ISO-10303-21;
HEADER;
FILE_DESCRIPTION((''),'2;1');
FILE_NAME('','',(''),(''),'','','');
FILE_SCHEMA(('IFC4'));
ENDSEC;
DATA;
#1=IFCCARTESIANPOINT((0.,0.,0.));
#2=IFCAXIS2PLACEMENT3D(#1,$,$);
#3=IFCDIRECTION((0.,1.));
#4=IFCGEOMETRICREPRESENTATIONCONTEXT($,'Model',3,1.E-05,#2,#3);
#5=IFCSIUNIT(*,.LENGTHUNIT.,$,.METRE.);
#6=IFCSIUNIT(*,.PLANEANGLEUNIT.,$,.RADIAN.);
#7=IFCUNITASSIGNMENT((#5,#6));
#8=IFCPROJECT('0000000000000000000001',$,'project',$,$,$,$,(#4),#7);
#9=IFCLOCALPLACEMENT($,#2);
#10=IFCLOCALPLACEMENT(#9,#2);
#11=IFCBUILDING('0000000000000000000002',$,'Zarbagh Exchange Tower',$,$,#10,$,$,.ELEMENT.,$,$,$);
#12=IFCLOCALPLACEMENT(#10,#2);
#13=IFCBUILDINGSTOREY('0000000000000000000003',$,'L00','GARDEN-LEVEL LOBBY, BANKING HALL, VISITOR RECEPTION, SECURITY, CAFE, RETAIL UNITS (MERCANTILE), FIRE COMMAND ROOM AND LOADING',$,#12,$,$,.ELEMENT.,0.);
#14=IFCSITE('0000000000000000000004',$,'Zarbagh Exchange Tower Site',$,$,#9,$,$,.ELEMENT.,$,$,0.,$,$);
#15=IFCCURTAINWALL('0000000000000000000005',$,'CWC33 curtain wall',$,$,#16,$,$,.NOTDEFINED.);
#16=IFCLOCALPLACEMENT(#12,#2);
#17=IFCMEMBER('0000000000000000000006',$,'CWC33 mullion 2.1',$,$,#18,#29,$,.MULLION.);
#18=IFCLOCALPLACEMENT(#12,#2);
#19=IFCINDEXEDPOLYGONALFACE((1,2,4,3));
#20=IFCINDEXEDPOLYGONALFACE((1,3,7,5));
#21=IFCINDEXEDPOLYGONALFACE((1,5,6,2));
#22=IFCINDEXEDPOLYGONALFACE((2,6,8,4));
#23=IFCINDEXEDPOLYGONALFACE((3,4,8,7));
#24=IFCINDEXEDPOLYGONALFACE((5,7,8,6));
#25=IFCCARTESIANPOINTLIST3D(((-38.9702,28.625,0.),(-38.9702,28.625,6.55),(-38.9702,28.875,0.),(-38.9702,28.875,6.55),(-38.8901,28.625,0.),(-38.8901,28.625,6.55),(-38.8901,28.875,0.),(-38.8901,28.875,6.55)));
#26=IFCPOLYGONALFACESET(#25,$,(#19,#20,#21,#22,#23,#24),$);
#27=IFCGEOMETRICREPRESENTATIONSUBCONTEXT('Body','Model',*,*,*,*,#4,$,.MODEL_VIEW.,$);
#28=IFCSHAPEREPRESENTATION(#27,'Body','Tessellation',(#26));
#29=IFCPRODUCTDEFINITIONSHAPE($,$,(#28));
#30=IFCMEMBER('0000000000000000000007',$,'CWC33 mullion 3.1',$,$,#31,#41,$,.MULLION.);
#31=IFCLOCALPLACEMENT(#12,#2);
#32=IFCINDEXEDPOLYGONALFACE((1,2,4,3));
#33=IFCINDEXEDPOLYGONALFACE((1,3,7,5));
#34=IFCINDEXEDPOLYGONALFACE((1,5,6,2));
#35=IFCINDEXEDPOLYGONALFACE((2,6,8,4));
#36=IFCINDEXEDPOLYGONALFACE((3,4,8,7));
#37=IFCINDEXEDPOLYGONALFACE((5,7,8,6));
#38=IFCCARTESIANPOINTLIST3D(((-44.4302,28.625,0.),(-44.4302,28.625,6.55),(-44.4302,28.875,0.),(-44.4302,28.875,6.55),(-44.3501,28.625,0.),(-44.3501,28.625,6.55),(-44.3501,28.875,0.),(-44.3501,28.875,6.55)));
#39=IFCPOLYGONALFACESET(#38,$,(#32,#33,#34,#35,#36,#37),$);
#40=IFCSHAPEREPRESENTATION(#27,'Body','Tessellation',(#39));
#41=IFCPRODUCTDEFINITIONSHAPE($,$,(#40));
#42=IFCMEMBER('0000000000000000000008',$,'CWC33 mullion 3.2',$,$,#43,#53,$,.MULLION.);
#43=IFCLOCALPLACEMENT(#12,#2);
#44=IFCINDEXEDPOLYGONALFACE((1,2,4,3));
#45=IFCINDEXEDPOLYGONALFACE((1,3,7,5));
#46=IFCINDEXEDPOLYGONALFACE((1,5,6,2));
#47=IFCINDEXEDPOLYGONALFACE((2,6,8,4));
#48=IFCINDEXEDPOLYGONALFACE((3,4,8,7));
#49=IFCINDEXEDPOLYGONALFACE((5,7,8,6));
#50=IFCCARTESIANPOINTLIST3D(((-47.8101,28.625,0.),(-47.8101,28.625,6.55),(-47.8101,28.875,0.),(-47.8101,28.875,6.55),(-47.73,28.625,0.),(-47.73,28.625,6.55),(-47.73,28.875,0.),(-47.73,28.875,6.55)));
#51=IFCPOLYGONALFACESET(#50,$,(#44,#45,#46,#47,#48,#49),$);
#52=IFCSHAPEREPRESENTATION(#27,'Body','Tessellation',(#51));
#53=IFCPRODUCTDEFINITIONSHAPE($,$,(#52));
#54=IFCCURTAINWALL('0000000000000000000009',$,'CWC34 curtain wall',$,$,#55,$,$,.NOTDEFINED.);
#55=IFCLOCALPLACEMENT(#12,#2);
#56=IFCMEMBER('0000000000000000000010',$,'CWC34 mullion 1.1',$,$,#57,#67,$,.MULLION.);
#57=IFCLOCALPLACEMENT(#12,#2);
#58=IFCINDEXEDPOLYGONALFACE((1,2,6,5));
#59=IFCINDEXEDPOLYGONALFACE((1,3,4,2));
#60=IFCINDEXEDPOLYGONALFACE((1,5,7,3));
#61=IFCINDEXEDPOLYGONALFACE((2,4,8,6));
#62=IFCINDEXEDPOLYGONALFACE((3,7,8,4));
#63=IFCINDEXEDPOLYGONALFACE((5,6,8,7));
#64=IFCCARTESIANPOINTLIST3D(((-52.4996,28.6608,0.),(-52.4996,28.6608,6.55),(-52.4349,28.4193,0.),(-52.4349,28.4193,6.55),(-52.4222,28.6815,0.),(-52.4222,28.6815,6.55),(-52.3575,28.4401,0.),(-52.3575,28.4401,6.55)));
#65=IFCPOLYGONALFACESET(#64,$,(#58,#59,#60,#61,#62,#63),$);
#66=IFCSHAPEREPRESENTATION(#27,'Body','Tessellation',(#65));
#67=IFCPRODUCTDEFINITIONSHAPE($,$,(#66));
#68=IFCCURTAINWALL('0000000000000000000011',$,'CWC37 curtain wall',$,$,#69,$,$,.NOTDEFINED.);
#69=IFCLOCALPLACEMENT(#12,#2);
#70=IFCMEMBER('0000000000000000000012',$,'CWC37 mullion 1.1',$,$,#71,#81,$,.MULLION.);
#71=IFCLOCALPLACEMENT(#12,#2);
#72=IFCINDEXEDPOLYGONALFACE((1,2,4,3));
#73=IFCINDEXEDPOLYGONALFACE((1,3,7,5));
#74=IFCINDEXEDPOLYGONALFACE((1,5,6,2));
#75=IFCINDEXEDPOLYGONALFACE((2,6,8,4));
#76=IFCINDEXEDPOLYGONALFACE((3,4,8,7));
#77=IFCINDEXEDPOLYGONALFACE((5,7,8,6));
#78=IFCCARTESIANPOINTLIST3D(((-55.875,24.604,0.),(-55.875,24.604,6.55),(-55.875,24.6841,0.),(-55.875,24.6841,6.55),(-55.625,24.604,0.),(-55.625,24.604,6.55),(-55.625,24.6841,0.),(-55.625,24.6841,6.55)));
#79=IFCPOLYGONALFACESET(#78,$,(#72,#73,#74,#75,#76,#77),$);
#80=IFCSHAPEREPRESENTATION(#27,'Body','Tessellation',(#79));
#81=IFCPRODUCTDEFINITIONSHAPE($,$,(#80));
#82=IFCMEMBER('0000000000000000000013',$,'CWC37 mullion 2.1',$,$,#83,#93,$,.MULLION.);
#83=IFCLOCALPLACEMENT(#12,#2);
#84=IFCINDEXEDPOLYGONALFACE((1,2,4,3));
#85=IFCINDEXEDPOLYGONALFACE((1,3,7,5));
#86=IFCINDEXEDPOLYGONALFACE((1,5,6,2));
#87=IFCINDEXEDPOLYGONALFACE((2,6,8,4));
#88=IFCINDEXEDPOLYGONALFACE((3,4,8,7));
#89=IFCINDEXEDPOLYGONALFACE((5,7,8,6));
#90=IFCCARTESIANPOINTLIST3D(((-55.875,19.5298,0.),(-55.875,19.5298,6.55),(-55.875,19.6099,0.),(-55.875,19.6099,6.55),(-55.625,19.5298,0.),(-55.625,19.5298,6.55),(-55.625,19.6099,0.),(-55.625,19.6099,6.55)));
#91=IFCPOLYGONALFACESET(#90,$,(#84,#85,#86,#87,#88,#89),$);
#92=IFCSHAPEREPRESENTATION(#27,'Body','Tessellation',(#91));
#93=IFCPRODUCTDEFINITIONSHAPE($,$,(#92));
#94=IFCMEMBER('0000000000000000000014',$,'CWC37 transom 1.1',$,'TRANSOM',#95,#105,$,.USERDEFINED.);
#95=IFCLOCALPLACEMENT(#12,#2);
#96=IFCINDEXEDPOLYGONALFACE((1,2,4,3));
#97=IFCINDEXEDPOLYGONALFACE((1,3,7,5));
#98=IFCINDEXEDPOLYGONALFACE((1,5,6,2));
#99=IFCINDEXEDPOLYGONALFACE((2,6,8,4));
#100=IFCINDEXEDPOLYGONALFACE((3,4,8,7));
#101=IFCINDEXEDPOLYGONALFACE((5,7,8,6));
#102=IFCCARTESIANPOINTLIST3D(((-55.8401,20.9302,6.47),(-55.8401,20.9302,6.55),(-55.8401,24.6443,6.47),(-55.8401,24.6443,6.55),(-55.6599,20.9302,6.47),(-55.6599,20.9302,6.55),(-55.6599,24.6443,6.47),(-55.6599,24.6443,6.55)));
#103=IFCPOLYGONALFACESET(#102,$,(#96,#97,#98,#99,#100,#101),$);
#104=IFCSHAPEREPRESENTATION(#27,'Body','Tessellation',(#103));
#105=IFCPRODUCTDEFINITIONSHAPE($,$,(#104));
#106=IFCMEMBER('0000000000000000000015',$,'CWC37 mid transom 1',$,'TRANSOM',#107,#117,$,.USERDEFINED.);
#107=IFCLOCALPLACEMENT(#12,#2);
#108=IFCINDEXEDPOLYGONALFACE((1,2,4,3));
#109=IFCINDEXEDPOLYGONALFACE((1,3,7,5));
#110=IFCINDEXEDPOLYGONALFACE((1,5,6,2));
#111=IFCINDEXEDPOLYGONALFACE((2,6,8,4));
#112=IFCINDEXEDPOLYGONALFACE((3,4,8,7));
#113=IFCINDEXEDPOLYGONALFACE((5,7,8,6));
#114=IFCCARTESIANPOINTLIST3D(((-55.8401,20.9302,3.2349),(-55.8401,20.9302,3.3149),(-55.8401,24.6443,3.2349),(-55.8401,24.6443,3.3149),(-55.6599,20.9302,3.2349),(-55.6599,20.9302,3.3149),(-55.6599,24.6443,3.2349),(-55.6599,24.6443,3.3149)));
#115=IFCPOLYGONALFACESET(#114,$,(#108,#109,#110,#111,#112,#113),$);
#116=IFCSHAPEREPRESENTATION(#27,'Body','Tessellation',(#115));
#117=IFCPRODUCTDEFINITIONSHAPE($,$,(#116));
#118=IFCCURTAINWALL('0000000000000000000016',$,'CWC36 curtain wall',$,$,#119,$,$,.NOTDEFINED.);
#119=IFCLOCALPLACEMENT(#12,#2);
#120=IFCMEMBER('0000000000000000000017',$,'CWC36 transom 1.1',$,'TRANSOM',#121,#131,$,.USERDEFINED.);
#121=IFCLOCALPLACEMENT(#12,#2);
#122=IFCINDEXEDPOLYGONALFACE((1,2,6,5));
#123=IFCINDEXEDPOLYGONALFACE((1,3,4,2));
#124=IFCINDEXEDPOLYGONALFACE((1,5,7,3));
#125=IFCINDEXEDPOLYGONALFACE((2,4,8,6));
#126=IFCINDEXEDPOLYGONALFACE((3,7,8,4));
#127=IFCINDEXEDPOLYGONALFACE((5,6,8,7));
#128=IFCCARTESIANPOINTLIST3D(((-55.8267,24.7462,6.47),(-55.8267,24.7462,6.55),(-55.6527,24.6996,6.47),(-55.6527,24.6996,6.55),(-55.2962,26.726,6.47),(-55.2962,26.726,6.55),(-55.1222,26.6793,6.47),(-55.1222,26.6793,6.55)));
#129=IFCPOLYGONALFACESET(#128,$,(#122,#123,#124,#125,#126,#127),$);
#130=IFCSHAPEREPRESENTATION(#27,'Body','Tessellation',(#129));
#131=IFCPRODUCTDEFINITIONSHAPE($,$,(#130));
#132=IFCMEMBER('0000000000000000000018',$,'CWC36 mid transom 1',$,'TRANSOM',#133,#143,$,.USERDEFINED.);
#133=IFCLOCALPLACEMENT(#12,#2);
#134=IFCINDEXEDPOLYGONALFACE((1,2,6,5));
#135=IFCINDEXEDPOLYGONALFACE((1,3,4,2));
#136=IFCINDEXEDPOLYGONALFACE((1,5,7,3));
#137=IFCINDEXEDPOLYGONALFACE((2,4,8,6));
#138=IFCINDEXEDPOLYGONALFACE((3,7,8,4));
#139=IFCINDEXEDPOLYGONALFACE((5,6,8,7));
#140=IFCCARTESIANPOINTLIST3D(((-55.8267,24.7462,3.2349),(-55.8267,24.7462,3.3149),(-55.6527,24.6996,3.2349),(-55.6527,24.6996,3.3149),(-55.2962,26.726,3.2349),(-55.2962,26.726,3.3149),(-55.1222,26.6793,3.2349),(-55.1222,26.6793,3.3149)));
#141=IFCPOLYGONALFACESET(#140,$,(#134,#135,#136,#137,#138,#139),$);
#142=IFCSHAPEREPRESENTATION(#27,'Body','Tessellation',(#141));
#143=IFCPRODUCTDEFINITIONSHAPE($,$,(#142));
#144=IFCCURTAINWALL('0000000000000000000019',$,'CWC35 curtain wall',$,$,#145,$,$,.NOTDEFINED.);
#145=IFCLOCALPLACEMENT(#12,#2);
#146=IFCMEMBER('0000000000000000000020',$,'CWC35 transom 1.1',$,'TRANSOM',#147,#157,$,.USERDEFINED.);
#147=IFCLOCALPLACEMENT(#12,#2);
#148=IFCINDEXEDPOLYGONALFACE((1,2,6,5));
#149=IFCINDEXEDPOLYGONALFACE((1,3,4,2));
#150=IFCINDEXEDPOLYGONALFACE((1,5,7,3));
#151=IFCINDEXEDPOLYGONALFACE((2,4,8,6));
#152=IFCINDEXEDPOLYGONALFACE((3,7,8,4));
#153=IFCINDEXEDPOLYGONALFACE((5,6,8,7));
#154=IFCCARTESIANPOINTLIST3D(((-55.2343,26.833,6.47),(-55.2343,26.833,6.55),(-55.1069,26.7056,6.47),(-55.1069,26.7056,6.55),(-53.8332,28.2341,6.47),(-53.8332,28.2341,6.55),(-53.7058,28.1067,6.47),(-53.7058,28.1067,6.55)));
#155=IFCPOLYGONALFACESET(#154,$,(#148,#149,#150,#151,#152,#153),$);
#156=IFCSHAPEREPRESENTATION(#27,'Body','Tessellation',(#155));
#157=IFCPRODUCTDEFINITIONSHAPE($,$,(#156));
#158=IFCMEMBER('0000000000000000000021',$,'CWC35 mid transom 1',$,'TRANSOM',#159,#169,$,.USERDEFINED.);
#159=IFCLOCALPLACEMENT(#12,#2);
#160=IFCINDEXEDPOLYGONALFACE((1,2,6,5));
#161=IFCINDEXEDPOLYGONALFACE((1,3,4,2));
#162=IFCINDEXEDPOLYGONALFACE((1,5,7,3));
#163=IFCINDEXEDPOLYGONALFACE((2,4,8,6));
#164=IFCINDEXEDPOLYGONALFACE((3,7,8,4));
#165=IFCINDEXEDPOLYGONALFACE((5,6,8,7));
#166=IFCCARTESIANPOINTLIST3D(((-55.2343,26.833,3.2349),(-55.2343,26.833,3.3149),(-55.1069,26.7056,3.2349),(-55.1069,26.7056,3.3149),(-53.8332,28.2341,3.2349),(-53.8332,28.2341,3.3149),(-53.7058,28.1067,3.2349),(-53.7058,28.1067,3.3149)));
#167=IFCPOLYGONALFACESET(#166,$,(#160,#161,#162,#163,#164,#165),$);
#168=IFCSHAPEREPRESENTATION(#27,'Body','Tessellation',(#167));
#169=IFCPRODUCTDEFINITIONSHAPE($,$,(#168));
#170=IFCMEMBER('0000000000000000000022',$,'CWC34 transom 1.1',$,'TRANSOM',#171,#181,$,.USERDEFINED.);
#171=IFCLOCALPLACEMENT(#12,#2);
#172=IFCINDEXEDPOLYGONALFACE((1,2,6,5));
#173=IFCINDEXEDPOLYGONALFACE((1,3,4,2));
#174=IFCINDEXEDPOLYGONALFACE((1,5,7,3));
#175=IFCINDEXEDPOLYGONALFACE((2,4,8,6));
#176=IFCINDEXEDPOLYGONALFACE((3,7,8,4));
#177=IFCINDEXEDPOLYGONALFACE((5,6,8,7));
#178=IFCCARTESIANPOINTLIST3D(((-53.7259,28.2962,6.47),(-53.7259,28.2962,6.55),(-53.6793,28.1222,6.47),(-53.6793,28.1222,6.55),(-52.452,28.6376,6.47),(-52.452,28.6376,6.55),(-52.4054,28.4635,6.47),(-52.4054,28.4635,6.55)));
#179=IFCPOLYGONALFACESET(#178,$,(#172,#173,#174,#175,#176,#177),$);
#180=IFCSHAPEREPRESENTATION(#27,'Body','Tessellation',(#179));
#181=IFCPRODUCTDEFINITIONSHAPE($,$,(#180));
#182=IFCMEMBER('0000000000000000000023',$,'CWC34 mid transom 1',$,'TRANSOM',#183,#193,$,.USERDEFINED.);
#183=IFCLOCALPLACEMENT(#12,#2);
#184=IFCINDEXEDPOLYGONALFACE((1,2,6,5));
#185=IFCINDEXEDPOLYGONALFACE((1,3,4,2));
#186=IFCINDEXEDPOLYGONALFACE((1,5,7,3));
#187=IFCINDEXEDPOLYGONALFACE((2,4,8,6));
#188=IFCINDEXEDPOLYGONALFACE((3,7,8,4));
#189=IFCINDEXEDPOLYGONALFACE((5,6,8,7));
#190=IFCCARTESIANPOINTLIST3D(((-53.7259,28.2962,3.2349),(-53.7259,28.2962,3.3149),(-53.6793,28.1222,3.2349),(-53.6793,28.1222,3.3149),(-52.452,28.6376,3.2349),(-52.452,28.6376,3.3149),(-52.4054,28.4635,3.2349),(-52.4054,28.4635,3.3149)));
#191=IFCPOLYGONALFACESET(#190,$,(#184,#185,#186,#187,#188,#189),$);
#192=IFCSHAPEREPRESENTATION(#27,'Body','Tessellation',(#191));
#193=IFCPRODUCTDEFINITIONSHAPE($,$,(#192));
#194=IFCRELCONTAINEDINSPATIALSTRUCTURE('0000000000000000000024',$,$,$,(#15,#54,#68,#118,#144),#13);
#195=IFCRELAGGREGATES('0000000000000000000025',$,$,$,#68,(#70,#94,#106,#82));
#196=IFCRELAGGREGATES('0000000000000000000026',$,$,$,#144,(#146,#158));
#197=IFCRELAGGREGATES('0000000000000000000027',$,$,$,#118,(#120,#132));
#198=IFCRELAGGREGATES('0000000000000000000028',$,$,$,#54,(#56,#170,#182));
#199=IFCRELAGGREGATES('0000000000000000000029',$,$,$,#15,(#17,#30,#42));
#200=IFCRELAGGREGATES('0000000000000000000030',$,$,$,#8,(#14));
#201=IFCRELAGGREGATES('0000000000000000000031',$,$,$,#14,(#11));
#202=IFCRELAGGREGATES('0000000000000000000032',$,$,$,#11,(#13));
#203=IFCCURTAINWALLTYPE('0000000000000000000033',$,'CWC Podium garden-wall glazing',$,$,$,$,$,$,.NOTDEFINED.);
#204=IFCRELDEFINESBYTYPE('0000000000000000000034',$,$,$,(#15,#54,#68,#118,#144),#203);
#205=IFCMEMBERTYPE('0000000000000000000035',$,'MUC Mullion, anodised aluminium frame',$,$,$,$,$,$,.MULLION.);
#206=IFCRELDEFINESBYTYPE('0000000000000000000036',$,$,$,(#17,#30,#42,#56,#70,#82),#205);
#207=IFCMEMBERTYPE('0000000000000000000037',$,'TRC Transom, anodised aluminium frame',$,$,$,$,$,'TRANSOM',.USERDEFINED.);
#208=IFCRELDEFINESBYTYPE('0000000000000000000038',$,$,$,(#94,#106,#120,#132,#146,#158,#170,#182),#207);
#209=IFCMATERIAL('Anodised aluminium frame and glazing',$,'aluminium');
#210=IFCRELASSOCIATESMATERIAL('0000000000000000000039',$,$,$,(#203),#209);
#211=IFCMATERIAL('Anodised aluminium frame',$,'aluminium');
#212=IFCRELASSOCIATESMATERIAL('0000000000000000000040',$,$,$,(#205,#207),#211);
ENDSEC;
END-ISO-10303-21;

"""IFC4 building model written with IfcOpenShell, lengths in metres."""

from ifc_helpers import new_model, si_unit, direction, origin, place, context, subcontext, project, spatial, polyline, outline, extrude, source, transform, mapped, material, type_object, element, aggregate, save


model = new_model("IFC4")

# Units and contexts
model_context = context("Model", 3, precision=1e-05, world=origin(), true_north=direction((0.0, 1.0)))
body_context = subcontext(model_context, "Body", "Model", "MODEL_VIEW")
ifc_project = project(units=[si_unit("LENGTHUNIT", "METRE"), si_unit("PLANEANGLEUNIT", "RADIAN")], contexts=[model_context])

# Site, building, storey
site_placement = place(None, origin())
site = spatial("IfcSite", under=ifc_project, at=site_placement, Name="Zarbagh Exchange Tower Site", CompositionType="ELEMENT", RefElevation=0.0)
building_placement = place(site_placement, origin())
building = spatial("IfcBuilding", under=site, at=building_placement, Name="Zarbagh Exchange Tower", CompositionType="ELEMENT")
storey_placement = place(building_placement, origin())
storey = spatial("IfcBuildingStorey", under=building, at=storey_placement, Name="L00", Description="GARDEN-LEVEL LOBBY, BANKING HALL, VISITOR RECEPTION, SECURITY, CAFE, RETAIL UNITS (MERCANTILE), FIRE COMMAND ROOM AND LOADING", CompositionType="ELEMENT", Elevation=0.0)

# Curtain wall, members
ifc_material_1 = material(Name="Anodised aluminium frame and glazing", Category="aluminium")
curtain_wall_type = type_object("IfcCurtainWallType", Name="CWC Podium garden-wall glazing", PredefinedType="NOTDEFINED", material=ifc_material_1)
curtain_wall_1_placement = place(storey_placement, origin())
curtain_wall_1 = element("IfcCurtainWall", 1, at=curtain_wall_1_placement, inside=storey, type_object=curtain_wall_type, Name="CWC33 curtain wall", PredefinedType="NOTDEFINED")
ifc_material_2 = material(Name="Anodised aluminium frame", Category="aluminium")
member_type_1 = type_object("IfcMemberType", Name="MUC Mullion, anodised aluminium frame", PredefinedType="MULLION", material=ifc_material_2)
shared_shape_1 = source(origin(), body_context, "Body", "SweptSolid", [
    extrude(outline(polyline([(0.0, -0.125), (0.0801, -0.125), (0.0801, 0.125), (0.0, 0.125), (0.0, -0.125)])), origin(), (0.0, 0.0, 1.0), 6.55),
])
placement = place(storey_placement, origin())
member_1 = element("IfcMember", 2, at=placement, type_object=member_type_1, Name="CWC33 mullion 2.1", PredefinedType="MULLION", context=body_context, shape_type="MappedRepresentation", body=[
    mapped(shared_shape_1, transform((-38.8901, 28.75, 0.0), x_axis=(-1.0, 0.0, 0.0), y_axis=(0.0, -1.0, 0.0), z_axis=(0.0, 0.0, 1.0))),
])
member_2 = element("IfcMember", 3, at=placement, type_object=member_type_1, Name="CWC33 mullion 3.1", PredefinedType="MULLION", context=body_context, shape_type="MappedRepresentation", body=[
    mapped(shared_shape_1, transform((-44.3501, 28.75, 0.0), x_axis=(-1.0, 0.0, 0.0), y_axis=(0.0, -1.0, 0.0), z_axis=(0.0, 0.0, 1.0))),
])
member_3 = element("IfcMember", 4, at=placement, type_object=member_type_1, Name="CWC33 mullion 3.2", PredefinedType="MULLION", context=body_context, shape_type="MappedRepresentation", body=[
    mapped(shared_shape_1, transform((-47.73, 28.75, 0.0), x_axis=(-1.0, 0.0, 0.0), y_axis=(0.0, -1.0, 0.0), z_axis=(0.0, 0.0, 1.0))),
])

# Curtain wall, member
curtain_wall_2_placement = place(storey_placement, origin())
curtain_wall_2 = element("IfcCurtainWall", 5, at=curtain_wall_2_placement, inside=storey, type_object=curtain_wall_type, Name="CWC34 curtain wall", PredefinedType="NOTDEFINED")
member_4 = element("IfcMember", 6, at=placement, type_object=member_type_1, Name="CWC34 mullion 1.1", PredefinedType="MULLION", context=body_context, shape_type="MappedRepresentation", body=[
    mapped(shared_shape_1, transform((-52.3899, 28.5608, 0.0), x_axis=(-0.965924, -0.258825, 0.0), y_axis=(0.258825, -0.965924, 0.0), z_axis=(0.0, 0.0, 1.0))),
])

# Curtain walls, members
curtain_wall_3_placement = place(storey_placement, origin())
curtain_wall_3 = element("IfcCurtainWall", 7, at=curtain_wall_3_placement, inside=storey, type_object=curtain_wall_type, Name="CWC37 curtain wall", PredefinedType="NOTDEFINED")
member_5 = element("IfcMember", 8, at=placement, type_object=member_type_1, Name="CWC37 mullion 1.1", PredefinedType="MULLION", context=body_context, shape_type="MappedRepresentation", body=[
    mapped(shared_shape_1, transform((-55.75, 24.6841, 0.0), x_axis=(0.0, -1.0, 0.0), y_axis=(1.0, 0.0, 0.0), z_axis=(0.0, 0.0, 1.0))),
])
member_6 = element("IfcMember", 9, at=placement, type_object=member_type_1, Name="CWC37 mullion 2.1", PredefinedType="MULLION", context=body_context, shape_type="MappedRepresentation", body=[
    mapped(shared_shape_1, transform((-55.75, 19.6099, 0.0), x_axis=(0.0, -1.0, 0.0), y_axis=(1.0, 0.0, 0.0), z_axis=(0.0, 0.0, 1.0))),
])
member_type_2 = type_object("IfcMemberType", Name="TRC Transom, anodised aluminium frame", ElementType="TRANSOM", PredefinedType="USERDEFINED", material=ifc_material_2)
shared_shape_2 = source(origin(), body_context, "Body", "SweptSolid", [
    extrude(outline(polyline([(-0.0801, -0.0901), (0.0, -0.0901), (0.0, 0.0901), (-0.0801, 0.0901), (-0.0801, -0.0901)])), origin(), (0.0, 0.0, 1.0), 3.7141),
])
member_7 = element("IfcMember", 10, at=placement, type_object=member_type_2, Name="CWC37 transom 1.1", ObjectType="TRANSOM", PredefinedType="USERDEFINED", context=body_context, shape_type="MappedRepresentation", body=[
    mapped(shared_shape_2, transform((-55.75, 24.6443, 6.55), x_axis=(0.0, 0.0, 1.0), y_axis=(-1.0, 0.0, 0.0), z_axis=(0.0, -1.0, 0.0))),
])
shared_shape_3 = source(origin(), body_context, "Body", "SweptSolid", [
    extrude(outline(polyline([(-0.04, -0.0901), (0.04, -0.0901), (0.04, 0.0901), (-0.04, 0.0901), (-0.04, -0.0901)])), origin(), (0.0, 0.0, 1.0), 3.7141),
])
member_8 = element("IfcMember", 11, at=placement, type_object=member_type_2, Name="CWC37 mid transom 1", ObjectType="TRANSOM", PredefinedType="USERDEFINED", context=body_context, shape_type="MappedRepresentation", body=[
    mapped(shared_shape_3, transform((-55.75, 24.6443, 3.2749), x_axis=(0.0, 0.0, 1.0), y_axis=(-1.0, 0.0, 0.0), z_axis=(0.0, -1.0, 0.0))),
])
curtain_wall_4_placement = place(storey_placement, origin())
curtain_wall_4 = element("IfcCurtainWall", 12, at=curtain_wall_4_placement, inside=storey, type_object=curtain_wall_type, Name="CWC36 curtain wall", PredefinedType="NOTDEFINED")
shared_shape_4 = source(origin(), body_context, "Body", "SweptSolid", [
    extrude(outline(polyline([(-0.0801, -0.0901), (0.0, -0.0901), (0.0, 0.0901), (-0.0801, 0.0901), (-0.0801, -0.0901)])), origin(), (0.0, 0.0, 1.0), 2.0496),
])
member_9 = element("IfcMember", 13, at=placement, type_object=member_type_2, Name="CWC36 transom 1.1", ObjectType="TRANSOM", PredefinedType="USERDEFINED", context=body_context, shape_type="MappedRepresentation", body=[
    mapped(shared_shape_4, transform((-55.2092, 26.7026, 6.55), x_axis=(0.0, 0.0, 1.0), y_axis=(-0.965924, 0.258825, 0.0), z_axis=(-0.258825, -0.965924, 0.0))),
])
shared_shape_5 = source(origin(), body_context, "Body", "SweptSolid", [
    extrude(outline(polyline([(-0.04, -0.0901), (0.04, -0.0901), (0.04, 0.0901), (-0.04, 0.0901), (-0.04, -0.0901)])), origin(), (0.0, 0.0, 1.0), 2.0496),
])
member_10 = element("IfcMember", 14, at=placement, type_object=member_type_2, Name="CWC36 mid transom 1", ObjectType="TRANSOM", PredefinedType="USERDEFINED", context=body_context, shape_type="MappedRepresentation", body=[
    mapped(shared_shape_5, transform((-55.2092, 26.7026, 3.2749), x_axis=(0.0, 0.0, 1.0), y_axis=(-0.965924, 0.258825, 0.0), z_axis=(-0.258825, -0.965924, 0.0))),
])
curtain_wall_5_placement = place(storey_placement, origin())
curtain_wall_5 = element("IfcCurtainWall", 15, at=curtain_wall_5_placement, inside=storey, type_object=curtain_wall_type, Name="CWC35 curtain wall", PredefinedType="NOTDEFINED")
shared_shape_6 = source(origin(), body_context, "Body", "SweptSolid", [
    extrude(outline(polyline([(-0.0801, -0.0901), (0.0, -0.0901), (0.0, 0.0901), (-0.0801, 0.0901), (-0.0801, -0.0901)])), origin(), (0.0, 0.0, 1.0), 1.9814),
])
member_11 = element("IfcMember", 16, at=placement, type_object=member_type_2, Name="CWC35 transom 1.1", ObjectType="TRANSOM", PredefinedType="USERDEFINED", context=body_context, shape_type="MappedRepresentation", body=[
    mapped(shared_shape_6, transform((-53.7695, 28.1704, 6.55), x_axis=(0.0, 0.0, 1.0), y_axis=(-0.707107, 0.707107, 0.0), z_axis=(-0.707107, -0.707107, 0.0))),
])
shared_shape_7 = source(origin(), body_context, "Body", "SweptSolid", [
    extrude(outline(polyline([(-0.04, -0.0901), (0.04, -0.0901), (0.04, 0.0901), (-0.04, 0.0901), (-0.04, -0.0901)])), origin(), (0.0, 0.0, 1.0), 1.9814),
])
member_12 = element("IfcMember", 17, at=placement, type_object=member_type_2, Name="CWC35 mid transom 1", ObjectType="TRANSOM", PredefinedType="USERDEFINED", context=body_context, shape_type="MappedRepresentation", body=[
    mapped(shared_shape_7, transform((-53.7695, 28.1704, 3.2749), x_axis=(0.0, 0.0, 1.0), y_axis=(-0.707107, 0.707107, 0.0), z_axis=(-0.707107, -0.707107, 0.0))),
])

# Members
shared_shape_8 = source(origin(), body_context, "Body", "SweptSolid", [
    extrude(outline(polyline([(-0.0801, -0.0901), (0.0, -0.0901), (0.0, 0.0901), (-0.0801, 0.0901), (-0.0801, -0.0901)])), origin(), (0.0, 0.0, 1.0), 1.3188),
])
member_13 = element("IfcMember", 18, at=placement, type_object=member_type_2, Name="CWC34 transom 1.1", ObjectType="TRANSOM", PredefinedType="USERDEFINED", context=body_context, shape_type="MappedRepresentation", body=[
    mapped(shared_shape_8, transform((-52.4287, 28.5505, 6.55), x_axis=(0.0, 0.0, 1.0), y_axis=(-0.258825, 0.965924, 0.0), z_axis=(-0.965924, -0.258825, 0.0))),
])
shared_shape_9 = source(origin(), body_context, "Body", "SweptSolid", [
    extrude(outline(polyline([(-0.04, -0.0901), (0.04, -0.0901), (0.04, 0.0901), (-0.04, 0.0901), (-0.04, -0.0901)])), origin(), (0.0, 0.0, 1.0), 1.3188),
])
member_14 = element("IfcMember", 19, at=placement, type_object=member_type_2, Name="CWC34 mid transom 1", ObjectType="TRANSOM", PredefinedType="USERDEFINED", context=body_context, shape_type="MappedRepresentation", body=[
    mapped(shared_shape_9, transform((-52.4287, 28.5505, 3.2749), x_axis=(0.0, 0.0, 1.0), y_axis=(-0.258825, 0.965924, 0.0), z_axis=(-0.965924, -0.258825, 0.0))),
])

aggregate(curtain_wall_3, [member_5, member_7, member_8, member_6])
aggregate(curtain_wall_5, [member_11, member_12])
aggregate(curtain_wall_4, [member_9, member_10])
aggregate(curtain_wall_2, [member_4, member_13, member_14])
aggregate(curtain_wall_1, [member_1, member_2, member_3])

save(model, "model.ifc")
